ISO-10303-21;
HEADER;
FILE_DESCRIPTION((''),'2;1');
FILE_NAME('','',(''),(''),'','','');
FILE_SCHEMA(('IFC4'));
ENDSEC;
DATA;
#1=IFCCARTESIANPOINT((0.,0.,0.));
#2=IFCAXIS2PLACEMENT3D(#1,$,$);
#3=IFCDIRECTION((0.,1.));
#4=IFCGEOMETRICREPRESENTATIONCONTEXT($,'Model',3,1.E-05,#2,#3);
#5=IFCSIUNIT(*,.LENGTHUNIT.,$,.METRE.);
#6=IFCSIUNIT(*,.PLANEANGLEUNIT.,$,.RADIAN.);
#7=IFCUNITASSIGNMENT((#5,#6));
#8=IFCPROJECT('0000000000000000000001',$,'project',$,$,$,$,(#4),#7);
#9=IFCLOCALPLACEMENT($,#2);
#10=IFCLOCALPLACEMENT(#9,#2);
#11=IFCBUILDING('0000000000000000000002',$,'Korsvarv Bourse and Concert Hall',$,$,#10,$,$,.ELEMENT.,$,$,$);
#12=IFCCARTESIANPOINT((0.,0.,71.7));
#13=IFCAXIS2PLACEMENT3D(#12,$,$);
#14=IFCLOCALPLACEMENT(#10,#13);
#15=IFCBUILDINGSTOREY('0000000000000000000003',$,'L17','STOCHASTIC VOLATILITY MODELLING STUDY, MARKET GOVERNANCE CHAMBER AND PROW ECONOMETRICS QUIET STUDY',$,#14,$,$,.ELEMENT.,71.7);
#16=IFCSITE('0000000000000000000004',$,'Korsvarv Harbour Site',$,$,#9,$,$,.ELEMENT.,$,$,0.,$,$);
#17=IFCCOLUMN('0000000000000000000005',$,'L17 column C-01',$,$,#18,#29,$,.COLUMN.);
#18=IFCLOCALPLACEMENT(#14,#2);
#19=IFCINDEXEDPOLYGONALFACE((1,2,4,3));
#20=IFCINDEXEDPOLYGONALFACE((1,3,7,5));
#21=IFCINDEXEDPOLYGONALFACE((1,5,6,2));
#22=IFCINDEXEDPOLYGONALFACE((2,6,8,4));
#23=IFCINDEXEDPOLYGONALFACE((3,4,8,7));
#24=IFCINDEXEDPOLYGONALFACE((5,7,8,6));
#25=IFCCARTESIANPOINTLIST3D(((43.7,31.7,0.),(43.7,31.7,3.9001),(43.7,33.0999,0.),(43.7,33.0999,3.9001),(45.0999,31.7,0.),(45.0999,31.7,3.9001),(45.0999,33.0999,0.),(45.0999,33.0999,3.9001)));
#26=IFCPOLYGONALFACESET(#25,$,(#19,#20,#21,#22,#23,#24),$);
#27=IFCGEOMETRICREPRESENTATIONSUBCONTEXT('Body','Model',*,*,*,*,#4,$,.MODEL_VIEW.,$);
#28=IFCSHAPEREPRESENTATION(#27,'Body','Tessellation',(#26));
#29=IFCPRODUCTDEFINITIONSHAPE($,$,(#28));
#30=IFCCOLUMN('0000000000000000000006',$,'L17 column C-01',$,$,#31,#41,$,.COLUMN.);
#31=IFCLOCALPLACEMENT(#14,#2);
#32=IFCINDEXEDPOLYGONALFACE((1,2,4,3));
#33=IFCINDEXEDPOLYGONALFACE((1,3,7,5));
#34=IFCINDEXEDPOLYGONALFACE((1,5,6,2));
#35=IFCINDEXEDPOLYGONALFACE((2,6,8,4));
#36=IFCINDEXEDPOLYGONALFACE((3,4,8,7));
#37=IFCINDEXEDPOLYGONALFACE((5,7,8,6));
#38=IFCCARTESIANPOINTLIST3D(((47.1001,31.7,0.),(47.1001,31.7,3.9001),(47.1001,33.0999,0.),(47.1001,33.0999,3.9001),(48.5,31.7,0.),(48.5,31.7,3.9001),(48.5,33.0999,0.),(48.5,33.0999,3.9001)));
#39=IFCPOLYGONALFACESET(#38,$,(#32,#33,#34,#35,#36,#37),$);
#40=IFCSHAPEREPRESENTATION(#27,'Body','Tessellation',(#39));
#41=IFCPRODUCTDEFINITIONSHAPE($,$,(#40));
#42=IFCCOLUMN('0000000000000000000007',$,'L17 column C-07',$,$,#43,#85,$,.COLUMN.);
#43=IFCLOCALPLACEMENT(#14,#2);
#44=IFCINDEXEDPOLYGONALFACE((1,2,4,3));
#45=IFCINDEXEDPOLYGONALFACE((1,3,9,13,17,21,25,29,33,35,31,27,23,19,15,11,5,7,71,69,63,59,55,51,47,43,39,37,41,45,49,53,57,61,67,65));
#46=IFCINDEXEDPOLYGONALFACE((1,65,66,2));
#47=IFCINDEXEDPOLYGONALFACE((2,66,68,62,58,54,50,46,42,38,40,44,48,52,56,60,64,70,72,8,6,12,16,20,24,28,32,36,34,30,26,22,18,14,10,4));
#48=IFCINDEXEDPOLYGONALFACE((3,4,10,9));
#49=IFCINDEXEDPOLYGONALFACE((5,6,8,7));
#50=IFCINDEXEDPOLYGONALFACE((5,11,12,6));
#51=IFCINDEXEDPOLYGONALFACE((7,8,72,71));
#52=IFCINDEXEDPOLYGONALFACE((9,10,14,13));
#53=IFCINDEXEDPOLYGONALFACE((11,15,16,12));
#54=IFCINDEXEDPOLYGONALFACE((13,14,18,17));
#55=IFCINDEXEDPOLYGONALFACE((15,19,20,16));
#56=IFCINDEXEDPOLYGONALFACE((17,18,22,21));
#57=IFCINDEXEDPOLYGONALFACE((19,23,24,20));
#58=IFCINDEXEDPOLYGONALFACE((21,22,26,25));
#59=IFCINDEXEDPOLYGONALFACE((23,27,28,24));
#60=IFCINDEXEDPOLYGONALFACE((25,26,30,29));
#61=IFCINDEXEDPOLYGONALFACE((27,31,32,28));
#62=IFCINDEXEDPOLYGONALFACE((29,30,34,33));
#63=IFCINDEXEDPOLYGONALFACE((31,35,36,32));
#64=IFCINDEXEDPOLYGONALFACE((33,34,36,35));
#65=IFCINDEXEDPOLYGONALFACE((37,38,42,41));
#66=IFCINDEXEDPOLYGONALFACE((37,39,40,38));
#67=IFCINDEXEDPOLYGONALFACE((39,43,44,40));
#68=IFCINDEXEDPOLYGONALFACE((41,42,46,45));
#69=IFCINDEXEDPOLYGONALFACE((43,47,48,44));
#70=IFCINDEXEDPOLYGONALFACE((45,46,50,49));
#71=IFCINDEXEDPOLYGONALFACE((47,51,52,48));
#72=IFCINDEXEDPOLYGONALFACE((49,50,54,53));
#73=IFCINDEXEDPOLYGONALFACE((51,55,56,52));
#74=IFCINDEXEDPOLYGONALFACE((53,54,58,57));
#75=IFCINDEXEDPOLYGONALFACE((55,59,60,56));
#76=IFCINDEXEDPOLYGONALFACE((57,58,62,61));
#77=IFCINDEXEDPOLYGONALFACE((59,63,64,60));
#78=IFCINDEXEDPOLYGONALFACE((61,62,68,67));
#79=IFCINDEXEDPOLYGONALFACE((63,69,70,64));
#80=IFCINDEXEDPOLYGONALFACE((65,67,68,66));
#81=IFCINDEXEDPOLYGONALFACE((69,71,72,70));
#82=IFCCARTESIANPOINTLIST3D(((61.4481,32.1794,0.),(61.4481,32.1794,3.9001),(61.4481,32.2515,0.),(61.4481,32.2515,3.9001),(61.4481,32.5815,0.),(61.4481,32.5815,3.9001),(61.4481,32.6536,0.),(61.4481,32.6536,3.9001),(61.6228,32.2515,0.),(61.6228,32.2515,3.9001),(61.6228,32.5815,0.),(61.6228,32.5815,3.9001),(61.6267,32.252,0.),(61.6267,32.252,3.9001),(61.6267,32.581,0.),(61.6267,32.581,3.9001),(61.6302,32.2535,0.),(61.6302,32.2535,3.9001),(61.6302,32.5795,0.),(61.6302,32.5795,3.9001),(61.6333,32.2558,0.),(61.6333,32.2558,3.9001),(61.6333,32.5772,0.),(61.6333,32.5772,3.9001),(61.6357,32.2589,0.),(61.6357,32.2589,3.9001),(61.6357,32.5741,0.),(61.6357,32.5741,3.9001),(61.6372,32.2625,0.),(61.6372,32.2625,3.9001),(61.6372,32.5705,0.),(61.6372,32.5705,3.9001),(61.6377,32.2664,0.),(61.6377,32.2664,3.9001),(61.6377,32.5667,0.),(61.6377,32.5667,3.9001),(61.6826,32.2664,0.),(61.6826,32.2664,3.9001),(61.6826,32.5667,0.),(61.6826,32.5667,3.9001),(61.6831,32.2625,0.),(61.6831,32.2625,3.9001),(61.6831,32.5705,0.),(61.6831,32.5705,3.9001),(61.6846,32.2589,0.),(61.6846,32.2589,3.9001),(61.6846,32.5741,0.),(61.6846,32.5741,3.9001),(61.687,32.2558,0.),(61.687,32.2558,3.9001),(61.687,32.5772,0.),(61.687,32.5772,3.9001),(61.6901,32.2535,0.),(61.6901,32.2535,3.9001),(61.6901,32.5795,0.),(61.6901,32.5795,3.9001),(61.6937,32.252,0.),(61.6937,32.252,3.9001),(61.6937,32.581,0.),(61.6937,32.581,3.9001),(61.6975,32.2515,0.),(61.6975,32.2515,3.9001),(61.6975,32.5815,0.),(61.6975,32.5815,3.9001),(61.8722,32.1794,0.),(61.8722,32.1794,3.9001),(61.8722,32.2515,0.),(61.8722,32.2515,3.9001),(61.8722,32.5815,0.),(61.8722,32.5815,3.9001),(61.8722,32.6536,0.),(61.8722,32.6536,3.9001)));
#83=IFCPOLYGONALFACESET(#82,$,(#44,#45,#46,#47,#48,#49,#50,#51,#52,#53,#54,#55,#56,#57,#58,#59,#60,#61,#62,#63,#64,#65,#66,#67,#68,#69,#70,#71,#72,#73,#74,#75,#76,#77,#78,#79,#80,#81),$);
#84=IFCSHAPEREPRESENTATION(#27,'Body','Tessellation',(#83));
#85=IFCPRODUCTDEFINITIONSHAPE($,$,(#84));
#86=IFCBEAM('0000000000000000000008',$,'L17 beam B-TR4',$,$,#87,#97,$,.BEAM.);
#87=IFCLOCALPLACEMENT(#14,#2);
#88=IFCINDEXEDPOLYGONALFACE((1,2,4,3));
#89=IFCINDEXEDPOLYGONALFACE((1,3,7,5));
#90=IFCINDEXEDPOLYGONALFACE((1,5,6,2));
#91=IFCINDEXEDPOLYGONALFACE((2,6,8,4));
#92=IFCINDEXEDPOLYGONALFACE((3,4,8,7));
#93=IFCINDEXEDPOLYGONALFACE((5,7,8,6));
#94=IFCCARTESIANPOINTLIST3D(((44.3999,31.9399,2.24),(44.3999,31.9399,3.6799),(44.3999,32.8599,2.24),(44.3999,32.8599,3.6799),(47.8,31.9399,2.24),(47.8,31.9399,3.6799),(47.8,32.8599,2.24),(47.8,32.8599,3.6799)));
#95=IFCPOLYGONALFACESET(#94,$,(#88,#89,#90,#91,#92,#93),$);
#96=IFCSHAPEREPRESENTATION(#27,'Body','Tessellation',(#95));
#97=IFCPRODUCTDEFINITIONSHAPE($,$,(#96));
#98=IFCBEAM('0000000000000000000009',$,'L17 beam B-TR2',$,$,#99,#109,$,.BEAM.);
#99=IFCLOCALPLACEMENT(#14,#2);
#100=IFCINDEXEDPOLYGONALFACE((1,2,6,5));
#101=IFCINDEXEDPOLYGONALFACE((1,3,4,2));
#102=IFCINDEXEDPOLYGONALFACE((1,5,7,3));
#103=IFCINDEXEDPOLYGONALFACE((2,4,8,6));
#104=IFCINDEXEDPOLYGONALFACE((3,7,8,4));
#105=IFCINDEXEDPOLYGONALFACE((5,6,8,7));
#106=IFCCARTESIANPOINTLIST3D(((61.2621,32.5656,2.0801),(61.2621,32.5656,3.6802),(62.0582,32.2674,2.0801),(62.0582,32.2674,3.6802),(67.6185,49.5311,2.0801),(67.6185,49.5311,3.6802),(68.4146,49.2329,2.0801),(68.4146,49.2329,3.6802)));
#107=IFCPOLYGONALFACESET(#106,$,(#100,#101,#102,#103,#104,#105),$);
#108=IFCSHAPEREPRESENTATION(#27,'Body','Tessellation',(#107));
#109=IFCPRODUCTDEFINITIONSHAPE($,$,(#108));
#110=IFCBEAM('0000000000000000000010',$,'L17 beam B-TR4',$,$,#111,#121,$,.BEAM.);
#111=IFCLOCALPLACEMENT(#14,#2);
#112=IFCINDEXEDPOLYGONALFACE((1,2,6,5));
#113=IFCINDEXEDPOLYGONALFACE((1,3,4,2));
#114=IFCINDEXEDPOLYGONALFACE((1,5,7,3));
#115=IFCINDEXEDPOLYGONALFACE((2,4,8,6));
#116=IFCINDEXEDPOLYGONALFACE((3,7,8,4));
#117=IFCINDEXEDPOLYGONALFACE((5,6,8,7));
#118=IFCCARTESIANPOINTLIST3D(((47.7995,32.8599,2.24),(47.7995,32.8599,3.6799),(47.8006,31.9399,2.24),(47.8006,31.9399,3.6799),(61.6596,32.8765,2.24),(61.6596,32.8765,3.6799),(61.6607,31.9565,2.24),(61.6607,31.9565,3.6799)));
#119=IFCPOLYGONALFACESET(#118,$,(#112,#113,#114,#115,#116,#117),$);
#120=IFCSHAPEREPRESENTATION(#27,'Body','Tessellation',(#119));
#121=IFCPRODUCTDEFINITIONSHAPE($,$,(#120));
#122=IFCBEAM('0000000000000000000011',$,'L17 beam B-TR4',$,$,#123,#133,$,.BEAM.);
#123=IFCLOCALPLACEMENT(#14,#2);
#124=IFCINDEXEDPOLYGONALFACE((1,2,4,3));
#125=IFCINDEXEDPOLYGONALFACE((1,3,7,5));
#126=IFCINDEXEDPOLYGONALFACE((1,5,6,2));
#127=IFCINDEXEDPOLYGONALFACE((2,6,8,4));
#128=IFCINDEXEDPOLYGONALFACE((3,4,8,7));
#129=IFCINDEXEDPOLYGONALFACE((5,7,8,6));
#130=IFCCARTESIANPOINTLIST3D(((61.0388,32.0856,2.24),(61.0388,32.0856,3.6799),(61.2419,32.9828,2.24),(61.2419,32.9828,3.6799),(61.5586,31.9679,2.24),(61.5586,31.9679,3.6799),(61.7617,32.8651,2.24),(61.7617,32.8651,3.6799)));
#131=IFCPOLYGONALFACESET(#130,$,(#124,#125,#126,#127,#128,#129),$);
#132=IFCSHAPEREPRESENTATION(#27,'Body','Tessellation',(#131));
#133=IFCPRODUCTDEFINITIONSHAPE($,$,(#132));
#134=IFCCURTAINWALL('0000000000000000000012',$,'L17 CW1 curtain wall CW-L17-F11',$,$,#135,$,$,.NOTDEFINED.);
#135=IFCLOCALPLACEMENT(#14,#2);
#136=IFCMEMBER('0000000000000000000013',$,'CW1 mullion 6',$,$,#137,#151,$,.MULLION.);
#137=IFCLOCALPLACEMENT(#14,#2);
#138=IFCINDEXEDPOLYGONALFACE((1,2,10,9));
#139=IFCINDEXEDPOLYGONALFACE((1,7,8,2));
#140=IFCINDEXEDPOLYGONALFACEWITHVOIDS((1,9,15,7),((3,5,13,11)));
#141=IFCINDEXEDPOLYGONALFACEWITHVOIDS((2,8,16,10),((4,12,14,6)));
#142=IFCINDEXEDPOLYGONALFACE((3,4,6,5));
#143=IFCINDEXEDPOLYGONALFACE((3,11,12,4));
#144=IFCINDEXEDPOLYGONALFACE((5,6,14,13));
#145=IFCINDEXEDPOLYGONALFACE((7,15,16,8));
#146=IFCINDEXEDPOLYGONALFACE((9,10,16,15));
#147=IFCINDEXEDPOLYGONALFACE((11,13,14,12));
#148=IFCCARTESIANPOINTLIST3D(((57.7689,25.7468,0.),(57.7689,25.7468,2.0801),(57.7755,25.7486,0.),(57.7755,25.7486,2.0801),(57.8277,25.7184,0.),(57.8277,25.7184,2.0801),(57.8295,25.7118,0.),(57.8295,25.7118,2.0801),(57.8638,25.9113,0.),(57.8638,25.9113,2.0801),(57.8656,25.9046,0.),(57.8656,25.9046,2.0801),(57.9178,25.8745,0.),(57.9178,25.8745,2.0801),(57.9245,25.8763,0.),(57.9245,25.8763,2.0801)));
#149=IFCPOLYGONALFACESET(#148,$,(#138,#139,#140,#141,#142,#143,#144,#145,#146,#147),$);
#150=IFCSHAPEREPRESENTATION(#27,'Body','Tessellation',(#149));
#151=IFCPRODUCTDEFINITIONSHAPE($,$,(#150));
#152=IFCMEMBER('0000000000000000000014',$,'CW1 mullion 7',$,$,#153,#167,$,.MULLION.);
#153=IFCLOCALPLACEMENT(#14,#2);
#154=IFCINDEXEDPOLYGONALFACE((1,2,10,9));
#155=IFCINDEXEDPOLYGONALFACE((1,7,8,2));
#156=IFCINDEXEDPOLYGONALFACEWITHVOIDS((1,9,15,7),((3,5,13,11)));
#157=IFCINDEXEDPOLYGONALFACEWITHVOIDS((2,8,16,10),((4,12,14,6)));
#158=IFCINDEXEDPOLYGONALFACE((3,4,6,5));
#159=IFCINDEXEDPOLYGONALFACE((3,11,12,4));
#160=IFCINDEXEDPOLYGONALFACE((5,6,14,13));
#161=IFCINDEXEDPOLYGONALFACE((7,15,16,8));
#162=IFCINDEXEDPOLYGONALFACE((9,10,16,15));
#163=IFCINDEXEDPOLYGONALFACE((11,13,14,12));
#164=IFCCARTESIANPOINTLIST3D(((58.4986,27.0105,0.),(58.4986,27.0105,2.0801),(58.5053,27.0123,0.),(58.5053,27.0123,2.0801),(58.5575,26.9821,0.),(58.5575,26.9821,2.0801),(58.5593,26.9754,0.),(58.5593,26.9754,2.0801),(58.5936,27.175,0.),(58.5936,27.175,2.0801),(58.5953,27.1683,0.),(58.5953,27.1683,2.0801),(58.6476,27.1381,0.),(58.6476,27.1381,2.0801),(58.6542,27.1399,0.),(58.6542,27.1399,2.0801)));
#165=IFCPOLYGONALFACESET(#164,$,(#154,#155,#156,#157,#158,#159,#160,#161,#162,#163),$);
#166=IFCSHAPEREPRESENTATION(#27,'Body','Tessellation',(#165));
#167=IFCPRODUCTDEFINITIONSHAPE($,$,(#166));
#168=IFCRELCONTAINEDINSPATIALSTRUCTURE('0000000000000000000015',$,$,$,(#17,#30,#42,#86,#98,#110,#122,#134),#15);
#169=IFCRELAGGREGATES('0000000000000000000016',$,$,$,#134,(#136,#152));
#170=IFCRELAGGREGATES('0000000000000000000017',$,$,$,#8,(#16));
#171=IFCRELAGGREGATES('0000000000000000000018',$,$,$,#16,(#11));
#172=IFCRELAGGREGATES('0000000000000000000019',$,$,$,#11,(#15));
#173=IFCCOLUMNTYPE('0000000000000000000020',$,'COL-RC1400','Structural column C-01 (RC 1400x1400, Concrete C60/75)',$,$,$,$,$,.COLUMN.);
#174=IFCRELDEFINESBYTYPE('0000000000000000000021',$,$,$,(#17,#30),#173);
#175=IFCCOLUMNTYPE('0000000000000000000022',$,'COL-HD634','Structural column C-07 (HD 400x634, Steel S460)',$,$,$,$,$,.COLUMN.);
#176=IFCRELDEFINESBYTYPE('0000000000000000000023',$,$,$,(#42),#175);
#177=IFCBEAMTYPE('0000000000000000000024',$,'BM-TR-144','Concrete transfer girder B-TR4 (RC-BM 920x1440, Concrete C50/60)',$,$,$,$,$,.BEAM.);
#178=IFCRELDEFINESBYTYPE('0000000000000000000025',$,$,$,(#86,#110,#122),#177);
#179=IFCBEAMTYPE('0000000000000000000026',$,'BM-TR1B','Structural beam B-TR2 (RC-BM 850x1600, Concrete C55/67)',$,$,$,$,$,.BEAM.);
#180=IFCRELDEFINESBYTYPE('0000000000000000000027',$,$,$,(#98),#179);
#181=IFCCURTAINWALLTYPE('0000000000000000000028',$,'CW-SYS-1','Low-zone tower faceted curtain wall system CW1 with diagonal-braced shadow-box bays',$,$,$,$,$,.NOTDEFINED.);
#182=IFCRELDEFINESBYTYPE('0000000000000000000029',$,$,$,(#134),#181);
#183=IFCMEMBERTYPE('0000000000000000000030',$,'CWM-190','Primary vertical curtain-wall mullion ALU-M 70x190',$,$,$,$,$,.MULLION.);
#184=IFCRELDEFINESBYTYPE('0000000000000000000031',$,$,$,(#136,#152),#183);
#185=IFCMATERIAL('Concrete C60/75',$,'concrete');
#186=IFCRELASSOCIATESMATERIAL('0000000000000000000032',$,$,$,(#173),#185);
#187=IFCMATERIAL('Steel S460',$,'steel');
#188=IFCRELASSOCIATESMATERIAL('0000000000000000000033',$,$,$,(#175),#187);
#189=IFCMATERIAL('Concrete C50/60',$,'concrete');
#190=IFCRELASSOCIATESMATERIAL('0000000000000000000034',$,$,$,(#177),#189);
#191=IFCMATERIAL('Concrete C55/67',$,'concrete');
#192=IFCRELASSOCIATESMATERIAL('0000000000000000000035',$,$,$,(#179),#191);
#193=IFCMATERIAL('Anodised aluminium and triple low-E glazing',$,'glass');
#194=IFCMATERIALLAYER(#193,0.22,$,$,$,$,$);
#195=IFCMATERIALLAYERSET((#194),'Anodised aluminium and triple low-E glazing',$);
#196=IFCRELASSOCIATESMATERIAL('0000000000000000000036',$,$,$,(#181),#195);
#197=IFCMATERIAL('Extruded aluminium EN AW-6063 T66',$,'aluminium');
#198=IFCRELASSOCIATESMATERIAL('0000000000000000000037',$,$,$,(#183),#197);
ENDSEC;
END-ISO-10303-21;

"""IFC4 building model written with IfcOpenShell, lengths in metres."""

from ifc_helpers import new_model, si_unit, direction, frame, origin, origin_2d, place, context, subcontext, project, spatial, rectangle, hollow_rectangle, i_section, extrude, source, transform, mapped, material, layer, layer_set, material_profile, profile_set, type_object, element, aggregate, save


model = new_model("IFC4")

# Units and contexts
model_context = context("Model", 3, precision=1e-05, world=origin(), true_north=direction((0.0, 1.0)))
body_context = subcontext(model_context, "Body", "Model", "MODEL_VIEW")
ifc_project = project(units=[si_unit("LENGTHUNIT", "METRE"), si_unit("PLANEANGLEUNIT", "RADIAN")], contexts=[model_context])

# Site, building, storey
site_placement = place(None, origin())
site = spatial("IfcSite", under=ifc_project, at=site_placement, Name="Korsvarv Harbour Site", CompositionType="ELEMENT", RefElevation=0.0)
building_placement = place(site_placement, origin())
building = spatial("IfcBuilding", under=site, at=building_placement, Name="Korsvarv Bourse and Concert Hall", CompositionType="ELEMENT")
storey_placement = place(building_placement, frame((0.0, 0.0, 71.7)))
storey = spatial("IfcBuildingStorey", under=building, at=storey_placement, Name="L17", Description="STOCHASTIC VOLATILITY MODELLING STUDY, MARKET GOVERNANCE CHAMBER AND PROW ECONOMETRICS QUIET STUDY", CompositionType="ELEMENT", Elevation=71.7)

# Columns
ifc_material_1 = material(Name="Concrete C60/75", Category="concrete")
ifc_material_profile_1 = material_profile(ifc_material_1, rectangle(XDim=1.3999, YDim=1.3999, at=origin_2d()), Name="RC 1400x1400")
ifc_profile_set_1 = profile_set([ifc_material_profile_1], Name="Concrete C60/75")
column_type_1 = type_object("IfcColumnType", Name="COL-RC1400", Description="Structural column C-01 (RC 1400x1400, Concrete C60/75)", PredefinedType="COLUMN", material=ifc_profile_set_1)
shared_shape_1 = source(origin(), body_context, "Body", "SweptSolid", [
    extrude(rectangle(XDim=1.3999, YDim=1.3999, at=origin_2d()), origin(), (0.0, 0.0, 1.0), 3.9001),
])
for number, where, z_axis, x_axis, name in (
    (1, (44.3999, 32.3999, 0.0), (0.0, 0.0, 1.0), (1.0, 0.0, 0.0), "L17 column C-01"),
    (2, (47.8, 32.3999, 0.0), (0.0, 0.0, 1.0), (1.0, 0.0, 0.0), "L17 column C-01"),
):
    element("IfcColumn", number, at=place(storey_placement, frame(where, z_axis=z_axis, x_axis=x_axis)), inside=storey, type_object=column_type_1, Name=name, PredefinedType="COLUMN", context=body_context, shape_type="MappedRepresentation", body=[
        mapped(shared_shape_1, transform((0.0, 0.0, 0.0), scale=1.0)),
    ])
ifc_material_2 = material(Name="Steel S460", Category="steel")
ifc_material_profile_2 = material_profile(ifc_material_2, i_section(OverallWidth=0.4241, OverallDepth=0.4741, WebThickness=0.0449, FlangeThickness=0.072, FilletRadius=0.0149, at=origin_2d()), Name="HD 400x634")
ifc_profile_set_2 = profile_set([ifc_material_profile_2], Name="Steel S460")
column_type_2 = type_object("IfcColumnType", Name="COL-HD634", Description="Structural column C-07 (HD 400x634, Steel S460)", PredefinedType="COLUMN", material=ifc_profile_set_2)
shared_shape_2 = source(origin(), body_context, "Body", "SweptSolid", [
    extrude(i_section(OverallWidth=0.4241, OverallDepth=0.4741, WebThickness=0.0449, FlangeThickness=0.072, FilletRadius=0.0149, at=origin_2d()), origin(), (0.0, 0.0, 1.0), 3.9001),
])
column_placement = place(storey_placement, frame((61.6602, 32.4165, 0.0), z_axis=(0.0, 0.0, 1.0), x_axis=(1.0, 0.0, 0.0)))
element("IfcColumn", 3, at=column_placement, inside=storey, type_object=column_type_2, Name="L17 column C-07", PredefinedType="COLUMN", context=body_context, shape_type="MappedRepresentation", body=[
    mapped(shared_shape_2, transform((0.0, 0.0, 0.0), scale=1.0)),
])

# Beams
ifc_material_3 = material(Name="Concrete C50/60", Category="concrete")
ifc_material_profile_3 = material_profile(ifc_material_3, rectangle(XDim=0.9199, YDim=1.4399, at=origin_2d()), Name="RC-BM 920x1440")
ifc_profile_set_3 = profile_set([ifc_material_profile_3], Name="Concrete C50/60")
beam_type_1 = type_object("IfcBeamType", Name="BM-TR-144", Description="Concrete transfer girder B-TR4 (RC-BM 920x1440, Concrete C50/60)", PredefinedType="BEAM", material=ifc_profile_set_3)
shared_shape_3 = source(origin(), body_context, "Body", "SweptSolid", [
    extrude(rectangle(XDim=0.9199, YDim=1.4399, at=origin_2d()), origin(), (0.0, 0.0, 1.0), 3.4001),
])
beam_1_placement = place(storey_placement, frame((44.3999, 32.3999, 2.96), z_axis=(1.0, 0.0, 0.0), x_axis=(0.0, 1.0, 0.0)))
element("IfcBeam", 4, at=beam_1_placement, inside=storey, type_object=beam_type_1, Name="L17 beam B-TR4", PredefinedType="BEAM", context=body_context, shape_type="MappedRepresentation", body=[
    mapped(shared_shape_3, transform((0.0, 0.0, 0.0), scale=1.0)),
])
ifc_material_4 = material(Name="Concrete C55/67", Category="concrete")
ifc_material_profile_4 = material_profile(ifc_material_4, rectangle(XDim=0.8501, YDim=1.6001, at=origin_2d()), Name="RC-BM 850x1600")
ifc_profile_set_4 = profile_set([ifc_material_profile_4], Name="Concrete C55/67")
beam_type_2 = type_object("IfcBeamType", Name="BM-TR1B", Description="Structural beam B-TR2 (RC-BM 850x1600, Concrete C55/67)", PredefinedType="BEAM", material=ifc_profile_set_4)
shared_shape_4 = source(origin(), body_context, "Body", "SweptSolid", [
    extrude(rectangle(XDim=0.8501, YDim=1.6001, at=origin_2d()), origin(), (0.0, 0.0, 1.0), 18.1172),
])
beam_2_placement = place(storey_placement, frame((61.6602, 32.4165, 2.8801), z_axis=(0.35085, 0.936432, 0.0), x_axis=(-0.936432, 0.35085, 0.0)))
element("IfcBeam", 5, at=beam_2_placement, inside=storey, type_object=beam_type_2, Name="L17 beam B-TR2", PredefinedType="BEAM", context=body_context, shape_type="MappedRepresentation", body=[
    mapped(shared_shape_4, transform((0.0, 0.0, 0.0), scale=1.0)),
])
shared_shape_5 = source(origin(), body_context, "Body", "SweptSolid", [
    extrude(rectangle(XDim=0.9199, YDim=1.4399, at=origin_2d()), origin(), (0.0, 0.0, 1.0), 13.8601),
])
beam_3_placement = place(storey_placement, frame((61.6602, 32.4165, 2.96), z_axis=(-0.999999, -0.001198, 0.0), x_axis=(0.001198, -0.999999, 0.0)))
element("IfcBeam", 6, at=beam_3_placement, inside=storey, type_object=beam_type_1, Name="L17 beam B-TR4", PredefinedType="BEAM", context=body_context, shape_type="MappedRepresentation", body=[
    mapped(shared_shape_5, transform((0.0, 0.0, 0.0), scale=1.0)),
])
shared_shape_6 = source(origin(), body_context, "Body", "SweptSolid", [
    extrude(rectangle(XDim=0.9199, YDim=1.4399, at=origin_2d()), origin(), (0.0, 0.0, 1.0), 0.533),
])
beam_4_placement = place(storey_placement, frame((61.6602, 32.4165, 2.96), z_axis=(-0.975317, 0.220809, 0.0), x_axis=(-0.220809, -0.975317, 0.0)))
element("IfcBeam", 7, at=beam_4_placement, inside=storey, type_object=beam_type_1, Name="L17 beam B-TR4", PredefinedType="BEAM", context=body_context, shape_type="MappedRepresentation", body=[
    mapped(shared_shape_6, transform((0.0, 0.0, 0.0), scale=1.0)),
])

# Curtain wall, members
ifc_material_5 = material(Name="Anodised aluminium and triple low-E glazing", Category="glass")
ifc_layer_1 = layer(ifc_material_5, 0.22)
ifc_layer_set_1 = layer_set([ifc_layer_1], Name="Anodised aluminium and triple low-E glazing")
curtain_wall_type = type_object("IfcCurtainWallType", Name="CW-SYS-1", Description="Low-zone tower faceted curtain wall system CW1 with diagonal-braced shadow-box bays", PredefinedType="NOTDEFINED", material=ifc_layer_set_1)
curtain_wall_placement = place(storey_placement, origin())
curtain_wall = element("IfcCurtainWall", 8, at=curtain_wall_placement, inside=storey, type_object=curtain_wall_type, Name="L17 CW1 curtain wall CW-L17-F11", PredefinedType="NOTDEFINED")
ifc_material_6 = material(Name="Extruded aluminium EN AW-6063 T66", Category="aluminium")
ifc_material_profile_5 = material_profile(ifc_material_6, hollow_rectangle(XDim=0.0701, YDim=0.1899, WallThickness=0.0049, at=origin_2d()), Name="ALU-M 70x190")
ifc_profile_set_5 = profile_set([ifc_material_profile_5], Name="Extruded aluminium EN AW-6063 T66")
member_type_1 = type_object("IfcMemberType", Name="CWM-190", Description="Primary vertical curtain-wall mullion ALU-M 70x190", PredefinedType="MULLION", material=ifc_profile_set_5)
shared_shape_7 = source(origin(), body_context, "Body", "SweptSolid", [
    extrude(hollow_rectangle(XDim=0.0701, YDim=0.1899, WallThickness=0.0049, at=origin_2d()), origin(), (0.0, 0.0, 1.0), 2.0801),
])
member_1_placement = place(storey_placement, frame((57.8467, 25.8115, 0.0), z_axis=(0.0, 0.0, 1.0), x_axis=(-0.866022, 0.500006, 0.0)))
member_1 = element("IfcMember", 9, at=member_1_placement, type_object=member_type_1, Name="CW1 mullion 6", PredefinedType="MULLION", context=body_context, shape_type="MappedRepresentation", body=[
    mapped(shared_shape_7, transform((0.0, 0.0, 0.0), scale=1.0)),
])
member_2_placement = place(storey_placement, frame((58.5764, 27.0752, 0.0), z_axis=(0.0, 0.0, 1.0), x_axis=(-0.866022, 0.500006, 0.0)))
member_2 = element("IfcMember", 10, at=member_2_placement, type_object=member_type_1, Name="CW1 mullion 7", PredefinedType="MULLION", context=body_context, shape_type="MappedRepresentation", body=[
    mapped(shared_shape_7, transform((0.0, 0.0, 0.0), scale=1.0)),
])
aggregate(curtain_wall, [member_1, member_2])

save(model, "model.ifc")
